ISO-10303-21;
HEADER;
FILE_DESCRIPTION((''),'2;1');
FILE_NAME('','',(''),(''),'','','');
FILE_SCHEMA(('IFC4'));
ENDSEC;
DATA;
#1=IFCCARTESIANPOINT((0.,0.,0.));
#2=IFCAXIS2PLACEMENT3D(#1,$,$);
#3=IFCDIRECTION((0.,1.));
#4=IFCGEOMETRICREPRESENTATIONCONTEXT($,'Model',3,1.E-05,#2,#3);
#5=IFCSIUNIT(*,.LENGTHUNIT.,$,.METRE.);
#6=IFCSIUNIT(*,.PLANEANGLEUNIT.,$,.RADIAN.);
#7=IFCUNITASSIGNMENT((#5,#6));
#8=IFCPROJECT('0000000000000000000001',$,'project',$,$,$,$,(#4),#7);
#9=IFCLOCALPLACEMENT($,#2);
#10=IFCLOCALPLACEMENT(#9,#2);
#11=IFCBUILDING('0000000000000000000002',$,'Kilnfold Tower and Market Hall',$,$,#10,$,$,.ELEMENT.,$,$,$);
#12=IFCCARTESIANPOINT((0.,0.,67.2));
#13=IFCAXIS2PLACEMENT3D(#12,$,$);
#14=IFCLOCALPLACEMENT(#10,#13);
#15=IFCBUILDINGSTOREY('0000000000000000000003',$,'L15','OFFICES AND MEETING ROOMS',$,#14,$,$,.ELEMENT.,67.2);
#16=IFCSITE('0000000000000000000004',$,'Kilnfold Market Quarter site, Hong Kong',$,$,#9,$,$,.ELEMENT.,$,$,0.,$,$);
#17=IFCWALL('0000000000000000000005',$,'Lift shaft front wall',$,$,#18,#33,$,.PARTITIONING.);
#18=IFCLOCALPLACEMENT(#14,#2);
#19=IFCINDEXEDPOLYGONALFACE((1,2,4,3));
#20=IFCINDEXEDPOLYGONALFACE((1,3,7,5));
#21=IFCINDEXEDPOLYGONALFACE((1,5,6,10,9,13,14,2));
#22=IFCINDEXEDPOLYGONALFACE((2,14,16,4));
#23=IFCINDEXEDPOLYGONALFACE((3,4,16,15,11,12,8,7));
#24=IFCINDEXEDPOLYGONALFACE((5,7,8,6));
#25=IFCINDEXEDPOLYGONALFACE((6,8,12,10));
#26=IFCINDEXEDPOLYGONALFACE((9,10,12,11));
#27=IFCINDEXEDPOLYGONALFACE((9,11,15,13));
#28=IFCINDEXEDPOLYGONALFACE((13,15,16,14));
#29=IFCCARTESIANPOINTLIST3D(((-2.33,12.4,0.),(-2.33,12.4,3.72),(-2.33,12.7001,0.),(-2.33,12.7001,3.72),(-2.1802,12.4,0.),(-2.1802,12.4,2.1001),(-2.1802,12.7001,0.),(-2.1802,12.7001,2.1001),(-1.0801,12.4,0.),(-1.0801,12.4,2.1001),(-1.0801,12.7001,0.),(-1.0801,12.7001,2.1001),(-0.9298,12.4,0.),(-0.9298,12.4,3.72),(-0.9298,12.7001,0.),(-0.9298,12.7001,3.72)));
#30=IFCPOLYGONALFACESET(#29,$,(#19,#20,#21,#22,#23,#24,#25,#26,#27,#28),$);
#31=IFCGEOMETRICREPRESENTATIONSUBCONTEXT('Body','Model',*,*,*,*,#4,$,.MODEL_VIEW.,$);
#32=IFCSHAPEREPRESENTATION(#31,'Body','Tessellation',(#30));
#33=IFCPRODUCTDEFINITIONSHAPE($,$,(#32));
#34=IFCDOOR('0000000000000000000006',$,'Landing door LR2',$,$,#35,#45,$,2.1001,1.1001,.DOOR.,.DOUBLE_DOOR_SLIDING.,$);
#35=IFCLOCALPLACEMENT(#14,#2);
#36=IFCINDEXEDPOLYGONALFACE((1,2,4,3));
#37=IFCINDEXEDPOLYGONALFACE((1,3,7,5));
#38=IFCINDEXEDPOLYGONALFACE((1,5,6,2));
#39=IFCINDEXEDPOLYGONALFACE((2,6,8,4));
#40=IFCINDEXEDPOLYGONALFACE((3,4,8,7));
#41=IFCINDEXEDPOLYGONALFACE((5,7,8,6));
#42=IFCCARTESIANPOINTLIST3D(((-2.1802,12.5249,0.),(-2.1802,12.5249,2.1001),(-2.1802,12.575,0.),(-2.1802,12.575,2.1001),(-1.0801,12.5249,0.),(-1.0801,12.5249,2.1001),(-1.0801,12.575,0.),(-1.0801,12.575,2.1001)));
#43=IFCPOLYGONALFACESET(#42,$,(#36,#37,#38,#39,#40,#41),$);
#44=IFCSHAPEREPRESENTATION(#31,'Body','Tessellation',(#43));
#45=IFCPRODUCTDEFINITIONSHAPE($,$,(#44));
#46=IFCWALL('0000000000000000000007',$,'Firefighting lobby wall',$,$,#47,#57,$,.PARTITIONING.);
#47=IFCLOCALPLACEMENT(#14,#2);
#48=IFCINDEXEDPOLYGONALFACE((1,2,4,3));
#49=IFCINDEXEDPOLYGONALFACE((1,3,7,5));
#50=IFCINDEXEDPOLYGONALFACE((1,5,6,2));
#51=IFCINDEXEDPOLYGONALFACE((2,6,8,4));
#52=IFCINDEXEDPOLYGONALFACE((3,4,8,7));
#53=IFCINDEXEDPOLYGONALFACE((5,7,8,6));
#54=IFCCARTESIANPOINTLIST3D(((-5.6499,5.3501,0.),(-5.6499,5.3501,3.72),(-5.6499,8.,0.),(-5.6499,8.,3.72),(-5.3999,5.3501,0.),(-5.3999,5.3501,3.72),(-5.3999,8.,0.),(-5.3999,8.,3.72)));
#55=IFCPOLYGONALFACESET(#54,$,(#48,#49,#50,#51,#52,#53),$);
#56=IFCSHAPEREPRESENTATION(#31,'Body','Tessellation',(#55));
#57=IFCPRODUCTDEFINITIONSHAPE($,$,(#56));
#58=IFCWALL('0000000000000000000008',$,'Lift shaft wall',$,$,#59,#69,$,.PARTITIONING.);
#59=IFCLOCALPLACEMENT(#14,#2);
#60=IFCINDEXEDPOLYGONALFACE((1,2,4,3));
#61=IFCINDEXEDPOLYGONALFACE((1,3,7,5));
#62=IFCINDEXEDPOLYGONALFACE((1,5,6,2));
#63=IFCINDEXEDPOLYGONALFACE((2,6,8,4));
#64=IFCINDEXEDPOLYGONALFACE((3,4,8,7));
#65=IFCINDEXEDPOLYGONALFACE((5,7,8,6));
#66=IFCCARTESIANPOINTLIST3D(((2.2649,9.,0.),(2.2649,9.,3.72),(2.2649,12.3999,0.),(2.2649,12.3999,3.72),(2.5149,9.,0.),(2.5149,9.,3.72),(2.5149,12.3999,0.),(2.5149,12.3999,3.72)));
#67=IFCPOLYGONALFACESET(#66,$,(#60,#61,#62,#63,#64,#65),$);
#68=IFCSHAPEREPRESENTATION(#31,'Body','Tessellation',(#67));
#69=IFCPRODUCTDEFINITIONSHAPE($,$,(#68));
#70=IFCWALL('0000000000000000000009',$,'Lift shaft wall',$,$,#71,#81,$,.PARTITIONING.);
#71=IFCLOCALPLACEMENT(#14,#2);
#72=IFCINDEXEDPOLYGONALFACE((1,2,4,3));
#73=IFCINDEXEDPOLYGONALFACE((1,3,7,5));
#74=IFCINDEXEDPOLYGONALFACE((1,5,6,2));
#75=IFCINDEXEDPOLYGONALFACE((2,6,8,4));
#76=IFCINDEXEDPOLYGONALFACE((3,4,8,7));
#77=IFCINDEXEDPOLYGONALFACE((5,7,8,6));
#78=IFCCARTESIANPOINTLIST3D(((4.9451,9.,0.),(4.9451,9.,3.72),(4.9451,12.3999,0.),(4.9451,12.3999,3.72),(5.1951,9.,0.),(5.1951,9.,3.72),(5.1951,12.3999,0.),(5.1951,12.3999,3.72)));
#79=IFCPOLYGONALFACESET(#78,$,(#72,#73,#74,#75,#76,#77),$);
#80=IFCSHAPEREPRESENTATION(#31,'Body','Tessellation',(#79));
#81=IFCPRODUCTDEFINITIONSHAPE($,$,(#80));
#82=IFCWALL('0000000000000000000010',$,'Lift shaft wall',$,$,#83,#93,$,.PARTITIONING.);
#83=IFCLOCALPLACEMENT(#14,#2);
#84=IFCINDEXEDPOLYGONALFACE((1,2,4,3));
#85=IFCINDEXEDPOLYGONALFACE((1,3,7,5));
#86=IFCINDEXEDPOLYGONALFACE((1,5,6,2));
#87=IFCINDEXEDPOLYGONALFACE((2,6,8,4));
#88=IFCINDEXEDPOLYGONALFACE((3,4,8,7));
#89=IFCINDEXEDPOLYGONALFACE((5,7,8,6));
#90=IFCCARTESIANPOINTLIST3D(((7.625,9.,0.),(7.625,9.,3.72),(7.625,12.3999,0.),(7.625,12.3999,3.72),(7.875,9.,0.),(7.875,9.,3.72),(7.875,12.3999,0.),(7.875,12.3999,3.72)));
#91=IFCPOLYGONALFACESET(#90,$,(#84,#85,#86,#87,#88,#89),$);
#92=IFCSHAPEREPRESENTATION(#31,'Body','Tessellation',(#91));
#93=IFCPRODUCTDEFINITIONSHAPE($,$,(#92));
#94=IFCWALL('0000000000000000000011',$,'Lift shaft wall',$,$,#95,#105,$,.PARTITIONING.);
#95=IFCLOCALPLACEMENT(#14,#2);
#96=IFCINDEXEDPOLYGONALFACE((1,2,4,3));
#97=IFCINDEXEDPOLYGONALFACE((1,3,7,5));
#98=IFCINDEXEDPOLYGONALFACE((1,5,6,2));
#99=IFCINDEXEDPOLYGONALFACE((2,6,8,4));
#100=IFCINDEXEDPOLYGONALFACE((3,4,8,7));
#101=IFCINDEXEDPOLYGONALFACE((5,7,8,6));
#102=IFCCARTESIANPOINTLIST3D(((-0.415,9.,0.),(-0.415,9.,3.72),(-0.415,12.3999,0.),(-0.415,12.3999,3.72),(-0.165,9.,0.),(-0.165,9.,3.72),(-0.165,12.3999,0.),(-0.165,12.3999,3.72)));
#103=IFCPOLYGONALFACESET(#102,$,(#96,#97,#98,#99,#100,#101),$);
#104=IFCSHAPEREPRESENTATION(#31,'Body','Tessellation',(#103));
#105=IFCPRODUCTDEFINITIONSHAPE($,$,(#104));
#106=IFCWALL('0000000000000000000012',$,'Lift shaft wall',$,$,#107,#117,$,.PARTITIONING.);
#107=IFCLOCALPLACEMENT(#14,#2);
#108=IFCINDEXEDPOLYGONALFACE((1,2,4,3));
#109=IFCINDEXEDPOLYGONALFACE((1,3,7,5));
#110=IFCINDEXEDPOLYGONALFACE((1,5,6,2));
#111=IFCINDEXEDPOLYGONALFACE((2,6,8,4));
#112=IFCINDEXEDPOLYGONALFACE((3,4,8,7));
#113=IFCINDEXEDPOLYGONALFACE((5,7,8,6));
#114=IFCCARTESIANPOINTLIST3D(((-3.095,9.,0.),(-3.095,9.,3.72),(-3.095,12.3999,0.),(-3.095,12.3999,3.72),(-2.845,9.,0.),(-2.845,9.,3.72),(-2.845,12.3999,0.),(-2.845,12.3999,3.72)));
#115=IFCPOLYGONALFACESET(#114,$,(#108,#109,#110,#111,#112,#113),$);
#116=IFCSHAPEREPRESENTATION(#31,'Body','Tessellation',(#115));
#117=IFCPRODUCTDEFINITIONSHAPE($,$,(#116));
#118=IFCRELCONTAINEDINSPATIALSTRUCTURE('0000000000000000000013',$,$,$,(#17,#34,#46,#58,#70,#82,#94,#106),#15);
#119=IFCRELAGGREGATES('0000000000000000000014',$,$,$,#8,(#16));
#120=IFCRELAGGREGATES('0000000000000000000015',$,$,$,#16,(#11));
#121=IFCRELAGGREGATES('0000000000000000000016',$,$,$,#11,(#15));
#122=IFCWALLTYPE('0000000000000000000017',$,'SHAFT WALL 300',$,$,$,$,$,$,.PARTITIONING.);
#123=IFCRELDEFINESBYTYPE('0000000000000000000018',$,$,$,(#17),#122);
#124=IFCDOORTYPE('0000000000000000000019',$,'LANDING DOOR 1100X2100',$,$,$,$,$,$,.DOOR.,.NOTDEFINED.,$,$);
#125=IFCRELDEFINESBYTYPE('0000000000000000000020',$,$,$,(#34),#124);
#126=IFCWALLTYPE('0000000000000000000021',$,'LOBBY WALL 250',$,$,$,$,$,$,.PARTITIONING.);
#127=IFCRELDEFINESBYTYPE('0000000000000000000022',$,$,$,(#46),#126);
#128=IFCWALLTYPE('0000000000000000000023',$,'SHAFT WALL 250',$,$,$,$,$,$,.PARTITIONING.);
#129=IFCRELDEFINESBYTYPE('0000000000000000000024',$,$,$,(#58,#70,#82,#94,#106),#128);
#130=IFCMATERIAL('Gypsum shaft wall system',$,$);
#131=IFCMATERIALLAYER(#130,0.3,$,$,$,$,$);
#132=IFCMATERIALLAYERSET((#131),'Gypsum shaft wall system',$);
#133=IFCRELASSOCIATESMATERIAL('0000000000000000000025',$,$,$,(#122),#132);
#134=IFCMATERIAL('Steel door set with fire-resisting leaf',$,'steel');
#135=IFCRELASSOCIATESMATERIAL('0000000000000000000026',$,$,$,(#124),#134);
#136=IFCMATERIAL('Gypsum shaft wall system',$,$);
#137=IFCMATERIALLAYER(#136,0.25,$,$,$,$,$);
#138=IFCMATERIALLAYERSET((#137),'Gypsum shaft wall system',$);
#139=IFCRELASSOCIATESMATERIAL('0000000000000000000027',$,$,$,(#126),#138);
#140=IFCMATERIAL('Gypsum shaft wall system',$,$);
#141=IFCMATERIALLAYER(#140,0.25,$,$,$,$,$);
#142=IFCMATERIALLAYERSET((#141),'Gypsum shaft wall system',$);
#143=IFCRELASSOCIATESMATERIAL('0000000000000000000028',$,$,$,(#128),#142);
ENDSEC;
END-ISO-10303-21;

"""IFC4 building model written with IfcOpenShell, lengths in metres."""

from ifc_helpers import new_model, si_unit, direction, frame, frame_2d, origin, place, context, subcontext, project, spatial, rectangle, extrude, source, transform, mapped, material, layer, layer_set, type_object, element, fill, save


model = new_model("IFC4")

# Units and contexts
model_context = context("Model", 3, precision=1e-05, world=origin(), true_north=direction((0.0, 1.0)))
body_context = subcontext(model_context, "Body", "Model", "MODEL_VIEW")
ifc_project = project(units=[si_unit("LENGTHUNIT", "METRE"), si_unit("PLANEANGLEUNIT", "RADIAN")], contexts=[model_context])

# Site, building, storey
site_placement = place(None, origin())
site = spatial("IfcSite", under=ifc_project, at=site_placement, Name="Kilnfold Market Quarter site, Hong Kong", CompositionType="ELEMENT", RefElevation=0.0)
building_placement = place(site_placement, origin())
building = spatial("IfcBuilding", under=site, at=building_placement, Name="Kilnfold Tower and Market Hall", CompositionType="ELEMENT")
storey_placement = place(building_placement, frame((0.0, 0.0, 67.2)))
storey = spatial("IfcBuildingStorey", under=building, at=storey_placement, Name="L15", Description="OFFICES AND MEETING ROOMS", CompositionType="ELEMENT", Elevation=67.2)

# Wall, opening, door
ifc_material_1 = material(Name="Gypsum shaft wall system")
ifc_layer_1 = layer(ifc_material_1, 0.3)
ifc_layer_set_1 = layer_set([ifc_layer_1], Name="Gypsum shaft wall system")
wall_type_1 = type_object("IfcWallType", Name="SHAFT WALL 300", PredefinedType="PARTITIONING", material=ifc_layer_set_1)
ifc_material_2 = material(Name="Steel door set with fire-resisting leaf", Category="steel")
door_type_1 = type_object("IfcDoorType", Name="LANDING DOOR 1100X2100", OperationType="NOTDEFINED", PredefinedType="DOOR", material=ifc_material_2)
shared_shape_1 = source(origin(), body_context, "Body", "SweptSolid", [
    extrude(rectangle(XDim=1.4001, YDim=0.3, at=frame_2d((0.7002, 0.0))), origin(), (0.0, 0.0, 1.0), 3.72),
])
wall_1_placement = place(storey_placement, frame((-2.3301, 12.55, 0.0), z_axis=(0.0, 0.0, 1.0), x_axis=(1.0, 0.0, 0.0)))
wall_1 = element("IfcWall", 1, at=wall_1_placement, inside=storey, type_object=wall_type_1, Name="Lift shaft front wall", PredefinedType="PARTITIONING", context=body_context, shape_type="MappedRepresentation", body=[
    mapped(shared_shape_1, transform((0.0, 0.0, 0.0))),
])
opening_1_placement = place(wall_1_placement, frame((0.1499, 0.0, 0.0)))
opening_1 = element("IfcOpeningElement", 2, at=opening_1_placement, cuts=wall_1, PredefinedType="OPENING", context=body_context, shape_type="SweptSolid", body=[
    extrude(rectangle(XDim=1.1001, YDim=2.1001, at=frame_2d((0.55, 1.05))), frame((0.0, 0.1602, 0.0), z_axis=(0.0, -1.0, 0.0), x_axis=(1.0, 0.0, 0.0)), (0.0, 0.0, 1.0), 0.3201),
])
door_1_placement = place(opening_1_placement, origin())
door_1 = element("IfcDoor", 3, at=door_1_placement, inside=storey, type_object=door_type_1, Name="Landing door LR2", OperationType="DOUBLE_DOOR_SLIDING", OverallHeight=2.1001, OverallWidth=1.1001, PredefinedType="DOOR", context=body_context, shape_type="SweptSolid", body=[
    extrude(rectangle(XDim=1.1001, YDim=2.1001, at=frame_2d((0.55, 1.05))), frame((0.0, 0.0249, 0.0), z_axis=(0.0, -1.0, 0.0), x_axis=(1.0, 0.0, 0.0)), (0.0, 0.0, 1.0), 0.05),
])
fill(opening_1, door_1)

# Walls
ifc_material_3 = material(Name="Gypsum shaft wall system")
ifc_layer_2 = layer(ifc_material_3, 0.25)
ifc_layer_set_2 = layer_set([ifc_layer_2], Name="Gypsum shaft wall system")
wall_type_2 = type_object("IfcWallType", Name="LOBBY WALL 250", PredefinedType="PARTITIONING", material=ifc_layer_set_2)
shared_shape_2 = source(origin(), body_context, "Body", "SweptSolid", [
    extrude(rectangle(XDim=2.6499, YDim=0.25, at=frame_2d((1.325, 0.0))), origin(), (0.0, 0.0, 1.0), 3.72),
])
wall_2_placement = place(storey_placement, frame((-5.5249, 5.3501, 0.0), z_axis=(0.0, 0.0, 1.0), x_axis=(0.0, 1.0, 0.0)))
element("IfcWall", 4, at=wall_2_placement, inside=storey, type_object=wall_type_2, Name="Firefighting lobby wall", PredefinedType="PARTITIONING", context=body_context, shape_type="MappedRepresentation", body=[
    mapped(shared_shape_2, transform((0.0, 0.0, 0.0))),
])
ifc_material_4 = material(Name="Gypsum shaft wall system")
ifc_layer_3 = layer(ifc_material_4, 0.25)
ifc_layer_set_3 = layer_set([ifc_layer_3], Name="Gypsum shaft wall system")
wall_type_3 = type_object("IfcWallType", Name="SHAFT WALL 250", PredefinedType="PARTITIONING", material=ifc_layer_set_3)
shared_shape_3 = source(origin(), body_context, "Body", "SweptSolid", [
    extrude(rectangle(XDim=3.3999, YDim=0.25, at=frame_2d((1.7, 0.0))), origin(), (0.0, 0.0, 1.0), 3.72),
])
for number, where, z_axis, x_axis, name in (
    (5, (2.3899, 9.0, 0.0), (0.0, 0.0, 1.0), (0.0, 1.0, 0.0), "Lift shaft wall"),
    (6, (5.0701, 9.0, 0.0), (0.0, 0.0, 1.0), (0.0, 1.0, 0.0), "Lift shaft wall"),
    (7, (7.75, 9.0, 0.0), (0.0, 0.0, 1.0), (0.0, 1.0, 0.0), "Lift shaft wall"),
    (8, (-0.29, 9.0, 0.0), (0.0, 0.0, 1.0), (0.0, 1.0, 0.0), "Lift shaft wall"),
    (9, (-2.97, 9.0, 0.0), (0.0, 0.0, 1.0), (0.0, 1.0, 0.0), "Lift shaft wall"),
):
    element("IfcWall", number, at=place(storey_placement, frame(where, z_axis=z_axis, x_axis=x_axis)), inside=storey, type_object=wall_type_3, Name=name, PredefinedType="PARTITIONING", context=body_context, shape_type="MappedRepresentation", body=[
        mapped(shared_shape_3, transform((0.0, 0.0, 0.0))),
    ])

save(model, "model.ifc")
